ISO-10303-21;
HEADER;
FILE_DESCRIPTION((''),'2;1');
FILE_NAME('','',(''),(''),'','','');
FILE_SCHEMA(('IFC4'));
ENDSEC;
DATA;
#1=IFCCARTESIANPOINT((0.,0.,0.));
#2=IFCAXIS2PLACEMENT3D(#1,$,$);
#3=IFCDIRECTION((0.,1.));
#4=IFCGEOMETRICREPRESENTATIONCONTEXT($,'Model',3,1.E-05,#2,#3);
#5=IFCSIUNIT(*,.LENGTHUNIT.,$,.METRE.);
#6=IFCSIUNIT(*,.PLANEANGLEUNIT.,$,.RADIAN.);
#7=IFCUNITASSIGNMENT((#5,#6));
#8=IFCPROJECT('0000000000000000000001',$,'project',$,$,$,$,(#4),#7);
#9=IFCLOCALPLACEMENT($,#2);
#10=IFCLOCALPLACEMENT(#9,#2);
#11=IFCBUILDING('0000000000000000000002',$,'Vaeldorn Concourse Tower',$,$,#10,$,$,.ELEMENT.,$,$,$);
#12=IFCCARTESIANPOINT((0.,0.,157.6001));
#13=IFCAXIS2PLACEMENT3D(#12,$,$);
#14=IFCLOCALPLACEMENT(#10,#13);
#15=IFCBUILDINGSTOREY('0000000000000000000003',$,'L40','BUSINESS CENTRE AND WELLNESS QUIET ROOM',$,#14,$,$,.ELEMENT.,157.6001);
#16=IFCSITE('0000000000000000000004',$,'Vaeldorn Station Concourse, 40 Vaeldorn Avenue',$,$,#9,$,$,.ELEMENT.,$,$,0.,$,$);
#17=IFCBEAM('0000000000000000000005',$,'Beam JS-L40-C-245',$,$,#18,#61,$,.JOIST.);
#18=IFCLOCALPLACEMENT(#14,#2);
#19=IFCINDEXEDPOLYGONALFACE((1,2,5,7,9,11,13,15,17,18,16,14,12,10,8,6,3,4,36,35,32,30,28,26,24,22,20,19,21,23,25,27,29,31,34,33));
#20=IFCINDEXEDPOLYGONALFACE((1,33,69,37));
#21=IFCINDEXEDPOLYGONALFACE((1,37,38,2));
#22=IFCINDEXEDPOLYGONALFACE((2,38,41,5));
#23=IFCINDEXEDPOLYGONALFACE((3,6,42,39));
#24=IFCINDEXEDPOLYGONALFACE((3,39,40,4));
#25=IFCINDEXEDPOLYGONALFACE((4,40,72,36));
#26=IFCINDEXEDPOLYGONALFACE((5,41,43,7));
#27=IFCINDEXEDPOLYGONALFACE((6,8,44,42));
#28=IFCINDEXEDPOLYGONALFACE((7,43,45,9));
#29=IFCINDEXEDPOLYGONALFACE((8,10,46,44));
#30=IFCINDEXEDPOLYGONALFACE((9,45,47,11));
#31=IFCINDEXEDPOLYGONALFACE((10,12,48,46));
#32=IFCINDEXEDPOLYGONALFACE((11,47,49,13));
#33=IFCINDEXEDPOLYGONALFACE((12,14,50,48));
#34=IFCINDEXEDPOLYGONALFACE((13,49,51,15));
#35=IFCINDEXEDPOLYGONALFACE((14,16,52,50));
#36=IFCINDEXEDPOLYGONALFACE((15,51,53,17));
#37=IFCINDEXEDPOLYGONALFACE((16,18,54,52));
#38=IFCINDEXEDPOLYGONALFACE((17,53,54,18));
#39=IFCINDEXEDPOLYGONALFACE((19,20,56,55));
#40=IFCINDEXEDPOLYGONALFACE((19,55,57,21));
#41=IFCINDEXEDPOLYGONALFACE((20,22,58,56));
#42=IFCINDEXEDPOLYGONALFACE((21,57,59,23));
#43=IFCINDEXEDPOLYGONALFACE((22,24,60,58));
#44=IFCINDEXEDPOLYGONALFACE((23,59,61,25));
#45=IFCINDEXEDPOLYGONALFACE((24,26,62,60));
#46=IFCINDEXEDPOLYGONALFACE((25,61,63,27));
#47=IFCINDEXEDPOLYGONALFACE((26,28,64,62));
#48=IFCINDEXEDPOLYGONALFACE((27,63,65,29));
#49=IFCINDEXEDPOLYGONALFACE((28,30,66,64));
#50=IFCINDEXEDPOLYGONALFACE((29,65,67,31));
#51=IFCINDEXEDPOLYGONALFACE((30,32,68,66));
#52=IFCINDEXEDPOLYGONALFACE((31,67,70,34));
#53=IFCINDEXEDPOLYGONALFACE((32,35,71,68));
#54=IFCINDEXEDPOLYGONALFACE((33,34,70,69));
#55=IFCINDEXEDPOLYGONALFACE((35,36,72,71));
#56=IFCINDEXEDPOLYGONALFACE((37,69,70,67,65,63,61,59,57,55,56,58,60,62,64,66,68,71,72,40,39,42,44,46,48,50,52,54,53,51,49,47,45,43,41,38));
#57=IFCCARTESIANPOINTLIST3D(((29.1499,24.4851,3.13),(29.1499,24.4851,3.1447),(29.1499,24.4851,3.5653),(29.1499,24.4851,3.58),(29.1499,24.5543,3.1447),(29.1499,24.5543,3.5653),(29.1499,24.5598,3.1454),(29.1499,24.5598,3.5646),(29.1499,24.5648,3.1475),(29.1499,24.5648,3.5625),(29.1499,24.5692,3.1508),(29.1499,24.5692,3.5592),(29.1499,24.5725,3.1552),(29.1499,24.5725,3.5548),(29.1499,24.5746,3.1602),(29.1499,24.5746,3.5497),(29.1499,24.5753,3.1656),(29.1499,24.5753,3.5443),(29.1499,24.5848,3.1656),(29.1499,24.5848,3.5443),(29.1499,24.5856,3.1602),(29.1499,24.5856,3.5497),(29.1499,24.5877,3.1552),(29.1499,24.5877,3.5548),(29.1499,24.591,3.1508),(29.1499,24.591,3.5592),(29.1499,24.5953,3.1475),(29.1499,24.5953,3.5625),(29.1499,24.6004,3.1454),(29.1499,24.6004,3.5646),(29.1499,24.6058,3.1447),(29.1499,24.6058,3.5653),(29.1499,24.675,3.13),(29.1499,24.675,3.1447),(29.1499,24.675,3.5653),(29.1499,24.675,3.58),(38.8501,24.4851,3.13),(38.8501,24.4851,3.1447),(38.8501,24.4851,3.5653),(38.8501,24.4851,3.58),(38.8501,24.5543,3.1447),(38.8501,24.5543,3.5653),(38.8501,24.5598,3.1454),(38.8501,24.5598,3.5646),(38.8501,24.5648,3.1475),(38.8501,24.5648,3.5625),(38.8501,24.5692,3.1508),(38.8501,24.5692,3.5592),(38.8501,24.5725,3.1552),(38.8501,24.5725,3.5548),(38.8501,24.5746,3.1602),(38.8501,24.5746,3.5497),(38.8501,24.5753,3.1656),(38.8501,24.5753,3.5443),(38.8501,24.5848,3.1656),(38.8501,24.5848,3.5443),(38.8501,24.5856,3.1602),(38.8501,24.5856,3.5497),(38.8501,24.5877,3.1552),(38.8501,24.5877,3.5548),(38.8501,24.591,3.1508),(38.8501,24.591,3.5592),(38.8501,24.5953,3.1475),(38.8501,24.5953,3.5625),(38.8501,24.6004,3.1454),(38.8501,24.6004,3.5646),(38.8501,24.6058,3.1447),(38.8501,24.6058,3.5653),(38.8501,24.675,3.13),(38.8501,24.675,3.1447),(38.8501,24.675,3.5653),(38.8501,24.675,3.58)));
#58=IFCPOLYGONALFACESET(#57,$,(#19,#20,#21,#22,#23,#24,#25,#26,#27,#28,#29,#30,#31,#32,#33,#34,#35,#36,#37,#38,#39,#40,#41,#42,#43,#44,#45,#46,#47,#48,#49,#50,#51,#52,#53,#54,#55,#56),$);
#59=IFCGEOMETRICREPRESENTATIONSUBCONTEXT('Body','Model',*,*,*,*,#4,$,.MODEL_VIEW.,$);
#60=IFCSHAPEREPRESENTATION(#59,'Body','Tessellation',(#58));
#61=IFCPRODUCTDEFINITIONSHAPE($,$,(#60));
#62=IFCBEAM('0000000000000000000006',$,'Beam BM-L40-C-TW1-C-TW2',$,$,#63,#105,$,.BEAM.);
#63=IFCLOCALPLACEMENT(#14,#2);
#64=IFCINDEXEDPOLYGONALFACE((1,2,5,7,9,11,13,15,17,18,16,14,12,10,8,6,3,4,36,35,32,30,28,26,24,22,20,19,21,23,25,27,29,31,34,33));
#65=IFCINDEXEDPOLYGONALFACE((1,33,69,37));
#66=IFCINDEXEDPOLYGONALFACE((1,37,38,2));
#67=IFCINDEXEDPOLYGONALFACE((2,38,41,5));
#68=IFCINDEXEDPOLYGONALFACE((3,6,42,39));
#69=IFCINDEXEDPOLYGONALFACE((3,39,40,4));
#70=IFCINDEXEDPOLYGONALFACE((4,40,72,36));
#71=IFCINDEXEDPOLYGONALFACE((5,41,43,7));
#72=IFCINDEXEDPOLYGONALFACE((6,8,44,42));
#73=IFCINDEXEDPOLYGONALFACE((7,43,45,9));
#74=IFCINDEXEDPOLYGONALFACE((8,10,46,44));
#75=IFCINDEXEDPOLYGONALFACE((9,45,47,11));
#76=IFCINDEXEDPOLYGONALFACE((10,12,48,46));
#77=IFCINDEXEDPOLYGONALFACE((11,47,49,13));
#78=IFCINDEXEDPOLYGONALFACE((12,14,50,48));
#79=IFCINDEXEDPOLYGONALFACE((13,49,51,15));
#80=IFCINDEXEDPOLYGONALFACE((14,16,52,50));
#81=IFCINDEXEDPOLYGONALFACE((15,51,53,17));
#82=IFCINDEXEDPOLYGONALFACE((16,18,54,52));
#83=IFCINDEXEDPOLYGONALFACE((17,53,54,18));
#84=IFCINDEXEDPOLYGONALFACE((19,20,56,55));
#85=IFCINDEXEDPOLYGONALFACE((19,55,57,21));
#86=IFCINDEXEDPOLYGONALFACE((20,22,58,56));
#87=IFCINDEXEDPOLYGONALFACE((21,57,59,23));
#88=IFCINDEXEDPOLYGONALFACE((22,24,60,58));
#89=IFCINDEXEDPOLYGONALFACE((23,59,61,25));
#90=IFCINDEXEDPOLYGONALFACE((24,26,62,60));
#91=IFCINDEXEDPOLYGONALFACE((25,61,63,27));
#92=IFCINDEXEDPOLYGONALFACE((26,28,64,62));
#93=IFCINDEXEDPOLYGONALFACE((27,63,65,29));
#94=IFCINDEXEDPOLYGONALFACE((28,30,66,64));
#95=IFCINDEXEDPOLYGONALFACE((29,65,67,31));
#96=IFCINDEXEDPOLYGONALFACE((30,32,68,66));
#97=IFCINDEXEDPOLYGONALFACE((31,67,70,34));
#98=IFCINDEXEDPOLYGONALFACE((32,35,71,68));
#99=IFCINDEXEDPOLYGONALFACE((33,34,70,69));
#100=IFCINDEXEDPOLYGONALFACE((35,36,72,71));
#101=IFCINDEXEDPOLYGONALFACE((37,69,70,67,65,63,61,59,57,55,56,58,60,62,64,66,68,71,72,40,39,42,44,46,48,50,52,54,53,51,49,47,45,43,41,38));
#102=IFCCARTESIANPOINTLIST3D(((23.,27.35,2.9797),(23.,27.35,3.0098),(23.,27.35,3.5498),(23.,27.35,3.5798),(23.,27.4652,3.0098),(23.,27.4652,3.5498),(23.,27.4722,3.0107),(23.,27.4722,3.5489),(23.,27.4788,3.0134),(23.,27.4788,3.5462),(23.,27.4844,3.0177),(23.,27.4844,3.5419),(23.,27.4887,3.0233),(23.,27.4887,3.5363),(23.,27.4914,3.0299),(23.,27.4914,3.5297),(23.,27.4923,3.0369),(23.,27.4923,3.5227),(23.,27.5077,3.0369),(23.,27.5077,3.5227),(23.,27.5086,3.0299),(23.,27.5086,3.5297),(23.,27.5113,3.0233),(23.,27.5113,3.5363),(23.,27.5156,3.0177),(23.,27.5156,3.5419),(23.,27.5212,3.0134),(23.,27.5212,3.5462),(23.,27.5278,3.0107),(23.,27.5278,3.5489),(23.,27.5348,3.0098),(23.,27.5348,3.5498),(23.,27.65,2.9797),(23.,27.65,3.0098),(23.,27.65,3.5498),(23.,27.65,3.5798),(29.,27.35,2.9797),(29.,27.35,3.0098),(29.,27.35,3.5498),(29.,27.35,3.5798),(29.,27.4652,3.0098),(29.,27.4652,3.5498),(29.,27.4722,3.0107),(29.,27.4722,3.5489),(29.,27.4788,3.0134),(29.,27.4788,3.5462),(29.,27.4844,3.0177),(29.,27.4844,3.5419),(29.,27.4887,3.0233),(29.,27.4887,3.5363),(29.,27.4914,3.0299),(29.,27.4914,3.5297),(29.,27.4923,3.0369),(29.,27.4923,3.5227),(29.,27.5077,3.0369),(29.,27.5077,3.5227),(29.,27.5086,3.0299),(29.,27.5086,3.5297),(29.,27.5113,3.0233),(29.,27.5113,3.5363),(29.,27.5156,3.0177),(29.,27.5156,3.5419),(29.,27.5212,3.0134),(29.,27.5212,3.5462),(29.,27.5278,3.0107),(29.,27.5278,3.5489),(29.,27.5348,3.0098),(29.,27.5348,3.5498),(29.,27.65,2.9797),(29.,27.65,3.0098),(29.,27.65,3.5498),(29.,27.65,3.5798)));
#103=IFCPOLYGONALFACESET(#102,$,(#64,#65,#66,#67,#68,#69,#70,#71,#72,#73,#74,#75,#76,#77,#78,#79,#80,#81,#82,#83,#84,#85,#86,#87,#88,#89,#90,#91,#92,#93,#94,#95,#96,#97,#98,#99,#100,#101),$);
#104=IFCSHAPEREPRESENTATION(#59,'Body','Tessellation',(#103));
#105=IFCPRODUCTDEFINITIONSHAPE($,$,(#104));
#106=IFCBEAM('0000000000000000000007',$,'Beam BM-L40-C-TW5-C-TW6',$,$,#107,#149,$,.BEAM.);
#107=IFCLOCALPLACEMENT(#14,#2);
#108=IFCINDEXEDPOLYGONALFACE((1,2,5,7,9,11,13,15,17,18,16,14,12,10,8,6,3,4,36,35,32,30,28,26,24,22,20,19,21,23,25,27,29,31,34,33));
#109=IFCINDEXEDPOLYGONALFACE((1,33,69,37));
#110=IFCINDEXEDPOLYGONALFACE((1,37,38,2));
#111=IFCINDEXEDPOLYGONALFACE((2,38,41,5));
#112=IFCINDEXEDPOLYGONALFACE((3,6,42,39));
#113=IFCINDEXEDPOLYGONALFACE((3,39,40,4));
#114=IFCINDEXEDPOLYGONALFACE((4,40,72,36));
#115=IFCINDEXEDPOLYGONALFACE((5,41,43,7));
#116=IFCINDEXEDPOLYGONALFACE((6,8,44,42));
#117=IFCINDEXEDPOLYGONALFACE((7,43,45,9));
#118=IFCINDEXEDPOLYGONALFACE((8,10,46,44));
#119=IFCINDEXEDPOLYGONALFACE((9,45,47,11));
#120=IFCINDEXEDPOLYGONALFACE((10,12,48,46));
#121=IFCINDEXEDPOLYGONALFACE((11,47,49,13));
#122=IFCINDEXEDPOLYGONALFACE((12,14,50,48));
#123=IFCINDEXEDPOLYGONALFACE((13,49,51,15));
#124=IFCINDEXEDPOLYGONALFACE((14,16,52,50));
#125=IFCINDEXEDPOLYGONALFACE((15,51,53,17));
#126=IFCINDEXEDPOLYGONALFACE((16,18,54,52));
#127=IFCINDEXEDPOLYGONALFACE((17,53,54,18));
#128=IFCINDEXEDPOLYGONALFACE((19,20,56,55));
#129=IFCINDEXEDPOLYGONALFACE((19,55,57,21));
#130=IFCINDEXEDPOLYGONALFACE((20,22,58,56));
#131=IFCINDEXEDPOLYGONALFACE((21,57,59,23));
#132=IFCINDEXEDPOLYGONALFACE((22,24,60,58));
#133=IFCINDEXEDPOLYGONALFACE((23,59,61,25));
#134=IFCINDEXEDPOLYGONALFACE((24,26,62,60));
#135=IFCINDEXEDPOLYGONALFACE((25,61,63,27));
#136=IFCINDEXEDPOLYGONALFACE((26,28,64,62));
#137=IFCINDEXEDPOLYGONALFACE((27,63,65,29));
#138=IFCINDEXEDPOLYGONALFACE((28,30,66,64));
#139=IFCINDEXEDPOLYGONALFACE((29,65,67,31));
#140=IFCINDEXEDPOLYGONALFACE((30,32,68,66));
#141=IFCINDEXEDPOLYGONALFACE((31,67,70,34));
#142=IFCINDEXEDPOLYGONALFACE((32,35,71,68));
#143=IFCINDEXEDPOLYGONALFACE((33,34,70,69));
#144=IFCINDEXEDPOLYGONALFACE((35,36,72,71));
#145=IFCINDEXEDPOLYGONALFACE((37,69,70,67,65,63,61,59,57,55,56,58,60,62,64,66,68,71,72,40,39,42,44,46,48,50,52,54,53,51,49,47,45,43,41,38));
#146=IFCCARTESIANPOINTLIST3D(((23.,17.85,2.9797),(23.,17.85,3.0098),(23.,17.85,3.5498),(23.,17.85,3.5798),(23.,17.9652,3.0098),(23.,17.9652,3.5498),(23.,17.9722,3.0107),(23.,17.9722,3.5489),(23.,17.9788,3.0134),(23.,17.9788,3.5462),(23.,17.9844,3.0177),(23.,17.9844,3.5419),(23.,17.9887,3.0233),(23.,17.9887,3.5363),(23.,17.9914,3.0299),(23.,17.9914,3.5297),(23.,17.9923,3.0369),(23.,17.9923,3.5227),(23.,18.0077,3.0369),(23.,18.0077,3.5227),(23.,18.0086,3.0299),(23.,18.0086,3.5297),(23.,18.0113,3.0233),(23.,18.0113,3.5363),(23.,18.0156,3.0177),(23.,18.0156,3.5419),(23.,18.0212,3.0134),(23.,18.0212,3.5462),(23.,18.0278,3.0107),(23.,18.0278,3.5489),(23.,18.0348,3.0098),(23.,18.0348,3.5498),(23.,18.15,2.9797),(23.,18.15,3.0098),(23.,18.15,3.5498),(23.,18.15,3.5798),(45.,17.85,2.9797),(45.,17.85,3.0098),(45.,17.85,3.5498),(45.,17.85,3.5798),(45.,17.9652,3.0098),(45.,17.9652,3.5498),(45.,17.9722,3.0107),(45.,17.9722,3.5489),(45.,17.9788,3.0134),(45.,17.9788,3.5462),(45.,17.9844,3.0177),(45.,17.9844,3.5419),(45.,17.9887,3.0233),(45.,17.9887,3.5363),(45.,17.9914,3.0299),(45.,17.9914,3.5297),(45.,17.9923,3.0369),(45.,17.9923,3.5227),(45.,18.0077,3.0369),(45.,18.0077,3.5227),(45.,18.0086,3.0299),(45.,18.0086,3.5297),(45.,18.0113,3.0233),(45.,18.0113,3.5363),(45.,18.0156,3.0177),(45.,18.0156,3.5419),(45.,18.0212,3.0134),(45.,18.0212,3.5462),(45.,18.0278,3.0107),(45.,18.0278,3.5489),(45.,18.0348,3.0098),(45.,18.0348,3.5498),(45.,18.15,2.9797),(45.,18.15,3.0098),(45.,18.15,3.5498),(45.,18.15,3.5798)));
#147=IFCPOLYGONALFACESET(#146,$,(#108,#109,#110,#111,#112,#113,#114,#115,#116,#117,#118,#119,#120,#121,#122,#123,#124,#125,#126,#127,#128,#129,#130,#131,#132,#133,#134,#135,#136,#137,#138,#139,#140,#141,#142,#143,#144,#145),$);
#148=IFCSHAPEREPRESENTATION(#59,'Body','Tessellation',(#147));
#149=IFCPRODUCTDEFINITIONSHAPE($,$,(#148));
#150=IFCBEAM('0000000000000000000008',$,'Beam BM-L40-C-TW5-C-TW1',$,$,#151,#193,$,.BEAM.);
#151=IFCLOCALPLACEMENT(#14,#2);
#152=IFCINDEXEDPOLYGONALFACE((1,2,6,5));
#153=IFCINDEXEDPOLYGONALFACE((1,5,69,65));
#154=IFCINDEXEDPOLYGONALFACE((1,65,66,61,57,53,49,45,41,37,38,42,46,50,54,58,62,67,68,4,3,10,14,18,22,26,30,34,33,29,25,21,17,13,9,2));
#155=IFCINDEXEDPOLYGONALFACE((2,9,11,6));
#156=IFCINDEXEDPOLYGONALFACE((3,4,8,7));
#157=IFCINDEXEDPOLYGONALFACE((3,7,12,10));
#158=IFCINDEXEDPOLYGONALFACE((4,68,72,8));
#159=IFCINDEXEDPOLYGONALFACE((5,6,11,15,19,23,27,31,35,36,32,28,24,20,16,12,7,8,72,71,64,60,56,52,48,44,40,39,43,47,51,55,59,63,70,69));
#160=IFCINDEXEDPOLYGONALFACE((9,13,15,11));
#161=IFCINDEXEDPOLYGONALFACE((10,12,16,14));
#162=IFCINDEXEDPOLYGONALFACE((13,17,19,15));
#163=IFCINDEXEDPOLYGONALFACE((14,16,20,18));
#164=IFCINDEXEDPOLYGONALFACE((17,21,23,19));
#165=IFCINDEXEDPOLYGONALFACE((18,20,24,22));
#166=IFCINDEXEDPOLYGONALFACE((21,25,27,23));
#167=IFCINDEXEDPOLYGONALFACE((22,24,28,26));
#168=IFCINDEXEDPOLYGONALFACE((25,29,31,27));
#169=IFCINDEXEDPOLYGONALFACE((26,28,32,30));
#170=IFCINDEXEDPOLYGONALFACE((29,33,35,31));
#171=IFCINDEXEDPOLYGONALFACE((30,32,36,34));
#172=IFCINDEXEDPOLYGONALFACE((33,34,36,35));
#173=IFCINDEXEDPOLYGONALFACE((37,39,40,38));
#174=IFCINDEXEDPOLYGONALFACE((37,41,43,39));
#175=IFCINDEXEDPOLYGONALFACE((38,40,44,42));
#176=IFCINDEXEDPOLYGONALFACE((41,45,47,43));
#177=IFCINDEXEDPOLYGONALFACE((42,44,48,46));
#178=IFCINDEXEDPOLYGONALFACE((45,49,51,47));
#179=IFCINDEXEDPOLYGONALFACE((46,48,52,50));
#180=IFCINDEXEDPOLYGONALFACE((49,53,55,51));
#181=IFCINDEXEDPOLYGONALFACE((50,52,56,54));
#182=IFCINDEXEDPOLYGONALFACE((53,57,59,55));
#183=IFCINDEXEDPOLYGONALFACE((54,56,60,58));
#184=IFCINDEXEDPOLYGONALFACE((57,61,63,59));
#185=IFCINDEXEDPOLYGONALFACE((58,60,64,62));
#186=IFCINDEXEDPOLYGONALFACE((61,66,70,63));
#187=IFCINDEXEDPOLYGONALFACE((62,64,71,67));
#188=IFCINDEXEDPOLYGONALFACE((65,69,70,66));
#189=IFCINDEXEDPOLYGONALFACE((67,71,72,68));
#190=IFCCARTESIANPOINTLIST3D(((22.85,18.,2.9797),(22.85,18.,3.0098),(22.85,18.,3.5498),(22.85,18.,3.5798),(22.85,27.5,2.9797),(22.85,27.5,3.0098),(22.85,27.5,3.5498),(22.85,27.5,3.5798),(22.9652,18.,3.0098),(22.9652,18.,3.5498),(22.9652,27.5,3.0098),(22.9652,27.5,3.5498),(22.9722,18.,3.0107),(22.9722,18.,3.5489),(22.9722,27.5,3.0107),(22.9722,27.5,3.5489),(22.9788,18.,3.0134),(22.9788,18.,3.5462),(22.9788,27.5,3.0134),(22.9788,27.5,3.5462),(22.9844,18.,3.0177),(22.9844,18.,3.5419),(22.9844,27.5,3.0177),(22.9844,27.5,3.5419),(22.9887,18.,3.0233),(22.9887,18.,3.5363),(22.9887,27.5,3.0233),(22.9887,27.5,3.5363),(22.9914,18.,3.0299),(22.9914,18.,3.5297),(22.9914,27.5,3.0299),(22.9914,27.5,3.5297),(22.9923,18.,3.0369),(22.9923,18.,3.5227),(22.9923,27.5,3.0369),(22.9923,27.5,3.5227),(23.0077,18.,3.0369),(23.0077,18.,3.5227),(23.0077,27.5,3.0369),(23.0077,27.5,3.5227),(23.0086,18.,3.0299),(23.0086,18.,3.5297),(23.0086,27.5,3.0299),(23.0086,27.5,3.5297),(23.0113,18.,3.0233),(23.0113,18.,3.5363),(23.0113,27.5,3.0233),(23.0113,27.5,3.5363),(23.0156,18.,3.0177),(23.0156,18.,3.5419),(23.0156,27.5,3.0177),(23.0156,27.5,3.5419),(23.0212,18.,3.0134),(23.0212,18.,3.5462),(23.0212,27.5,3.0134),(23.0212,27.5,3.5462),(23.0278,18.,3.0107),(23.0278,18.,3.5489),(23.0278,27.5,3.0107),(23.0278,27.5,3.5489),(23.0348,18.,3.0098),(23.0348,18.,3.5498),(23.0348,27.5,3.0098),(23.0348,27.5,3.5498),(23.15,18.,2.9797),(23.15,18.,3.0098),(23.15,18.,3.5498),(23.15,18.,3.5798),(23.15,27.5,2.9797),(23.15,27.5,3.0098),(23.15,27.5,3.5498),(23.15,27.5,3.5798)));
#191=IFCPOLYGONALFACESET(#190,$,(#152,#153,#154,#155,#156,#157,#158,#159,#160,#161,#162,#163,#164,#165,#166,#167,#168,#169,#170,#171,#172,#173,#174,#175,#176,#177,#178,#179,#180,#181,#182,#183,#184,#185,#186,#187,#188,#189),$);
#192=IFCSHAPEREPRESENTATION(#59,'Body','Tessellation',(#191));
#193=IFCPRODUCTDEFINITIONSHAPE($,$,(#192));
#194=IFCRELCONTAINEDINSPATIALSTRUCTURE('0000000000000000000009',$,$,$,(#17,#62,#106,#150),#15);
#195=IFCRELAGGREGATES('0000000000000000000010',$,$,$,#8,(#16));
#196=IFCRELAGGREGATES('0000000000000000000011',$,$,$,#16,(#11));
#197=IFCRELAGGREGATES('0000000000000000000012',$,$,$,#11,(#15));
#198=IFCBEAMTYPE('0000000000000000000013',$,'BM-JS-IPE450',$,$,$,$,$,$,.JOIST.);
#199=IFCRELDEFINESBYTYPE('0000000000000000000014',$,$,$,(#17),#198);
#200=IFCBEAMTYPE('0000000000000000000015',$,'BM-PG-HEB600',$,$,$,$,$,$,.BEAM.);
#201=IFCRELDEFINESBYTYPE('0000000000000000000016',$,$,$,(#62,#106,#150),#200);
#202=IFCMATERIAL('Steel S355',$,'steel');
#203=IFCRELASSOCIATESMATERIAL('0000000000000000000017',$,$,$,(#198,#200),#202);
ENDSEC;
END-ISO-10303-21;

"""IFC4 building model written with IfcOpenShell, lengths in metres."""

from ifc_helpers import new_model, si_unit, direction, frame, origin, origin_2d, place, context, subcontext, project, spatial, i_section, extrude, source, transform, mapped, material, material_profile, profile_set, type_object, element, save


model = new_model("IFC4")

# Units and contexts
model_context = context("Model", 3, precision=1e-05, world=origin(), true_north=direction((0.0, 1.0)))
body_context = subcontext(model_context, "Body", "Model", "MODEL_VIEW")
ifc_project = project(units=[si_unit("LENGTHUNIT", "METRE"), si_unit("PLANEANGLEUNIT", "RADIAN")], contexts=[model_context])

# Site, building, storey
site_placement = place(None, origin())
site = spatial("IfcSite", under=ifc_project, at=site_placement, Name="Vaeldorn Station Concourse, 40 Vaeldorn Avenue", CompositionType="ELEMENT", RefElevation=0.0)
building_placement = place(site_placement, origin())
building = spatial("IfcBuilding", under=site, at=building_placement, Name="Vaeldorn Concourse Tower", CompositionType="ELEMENT")
storey_placement = place(building_placement, frame((0.0, 0.0, 157.6001)))
storey = spatial("IfcBuildingStorey", under=building, at=storey_placement, Name="L40", Description="BUSINESS CENTRE AND WELLNESS QUIET ROOM", CompositionType="ELEMENT", Elevation=157.6001)

# Beams
ifc_material_1 = material(Name="Steel S355", Category="steel")
ifc_material_profile_1 = material_profile(ifc_material_1, i_section(OverallWidth=0.1899, OverallDepth=0.45, WebThickness=0.0095, FlangeThickness=0.0146, FilletRadius=0.021, at=origin_2d()), Name="IPE 450")
ifc_profile_set_1 = profile_set([ifc_material_profile_1], Name="Steel S355")
beam_type_1 = type_object("IfcBeamType", Name="BM-JS-IPE450", PredefinedType="JOIST", material=ifc_profile_set_1)
shared_shape_1 = source(origin(), body_context, "Body", "SweptSolid", [
    extrude(i_section(OverallWidth=0.1899, OverallDepth=0.45, WebThickness=0.0095, FlangeThickness=0.0146, FilletRadius=0.021, at=origin_2d()), origin(), (0.0, 0.0, 1.0), 9.7002),
])
for number, where, z_axis, x_axis, name in (
    (1, (29.1499, 24.5801, 3.355), (1.0, 0.0, 0.0), (0.0, 1.0, 0.0), "Beam JS-L40-C-245"),
):
    element("IfcBeam", number, at=place(storey_placement, frame(where, z_axis=z_axis, x_axis=x_axis)), inside=storey, type_object=beam_type_1, Name=name, PredefinedType="JOIST", context=body_context, shape_type="MappedRepresentation", body=[
        mapped(shared_shape_1, transform((0.0, 0.0, 0.0), scale=1.0)),
    ])
ifc_material_profile_2 = material_profile(ifc_material_1, i_section(OverallWidth=0.3, OverallDepth=0.6001, WebThickness=0.0154, FlangeThickness=0.03, FilletRadius=0.0271, at=origin_2d()), Name="HEB 600")
ifc_profile_set_2 = profile_set([ifc_material_profile_2], Name="Steel S355")
beam_type_2 = type_object("IfcBeamType", Name="BM-PG-HEB600", PredefinedType="BEAM", material=ifc_profile_set_2)
shared_shape_2 = source(origin(), body_context, "Body", "SweptSolid", [
    extrude(i_section(OverallWidth=0.3, OverallDepth=0.6001, WebThickness=0.0154, FlangeThickness=0.03, FilletRadius=0.0271, at=origin_2d()), origin(), (0.0, 0.0, 1.0), 6.0),
])
beam_1_placement = place(storey_placement, frame((23.0, 27.5, 3.2798), z_axis=(1.0, 0.0, 0.0), x_axis=(0.0, 1.0, 0.0)))
element("IfcBeam", 2, at=beam_1_placement, inside=storey, type_object=beam_type_2, Name="Beam BM-L40-C-TW1-C-TW2", PredefinedType="BEAM", context=body_context, shape_type="MappedRepresentation", body=[
    mapped(shared_shape_2, transform((0.0, 0.0, 0.0), scale=1.0)),
])
shared_shape_3 = source(origin(), body_context, "Body", "SweptSolid", [
    extrude(i_section(OverallWidth=0.3, OverallDepth=0.6001, WebThickness=0.0154, FlangeThickness=0.03, FilletRadius=0.0271, at=origin_2d()), origin(), (0.0, 0.0, 1.0), 22.0),
])
beam_2_placement = place(storey_placement, frame((23.0, 18.0, 3.2798), z_axis=(1.0, 0.0, 0.0), x_axis=(0.0, 1.0, 0.0)))
element("IfcBeam", 3, at=beam_2_placement, inside=storey, type_object=beam_type_2, Name="Beam BM-L40-C-TW5-C-TW6", PredefinedType="BEAM", context=body_context, shape_type="MappedRepresentation", body=[
    mapped(shared_shape_3, transform((0.0, 0.0, 0.0), scale=1.0)),
])
shared_shape_4 = source(origin(), body_context, "Body", "SweptSolid", [
    extrude(i_section(OverallWidth=0.3, OverallDepth=0.6001, WebThickness=0.0154, FlangeThickness=0.03, FilletRadius=0.0271, at=origin_2d()), origin(), (0.0, 0.0, 1.0), 9.5),
])
beam_3_placement = place(storey_placement, frame((23.0, 18.0, 3.2798), z_axis=(0.0, 1.0, 0.0), x_axis=(-1.0, 0.0, 0.0)))
element("IfcBeam", 4, at=beam_3_placement, inside=storey, type_object=beam_type_2, Name="Beam BM-L40-C-TW5-C-TW1", PredefinedType="BEAM", context=body_context, shape_type="MappedRepresentation", body=[
    mapped(shared_shape_4, transform((0.0, 0.0, 0.0), scale=1.0)),
])

save(model, "model.ifc")
